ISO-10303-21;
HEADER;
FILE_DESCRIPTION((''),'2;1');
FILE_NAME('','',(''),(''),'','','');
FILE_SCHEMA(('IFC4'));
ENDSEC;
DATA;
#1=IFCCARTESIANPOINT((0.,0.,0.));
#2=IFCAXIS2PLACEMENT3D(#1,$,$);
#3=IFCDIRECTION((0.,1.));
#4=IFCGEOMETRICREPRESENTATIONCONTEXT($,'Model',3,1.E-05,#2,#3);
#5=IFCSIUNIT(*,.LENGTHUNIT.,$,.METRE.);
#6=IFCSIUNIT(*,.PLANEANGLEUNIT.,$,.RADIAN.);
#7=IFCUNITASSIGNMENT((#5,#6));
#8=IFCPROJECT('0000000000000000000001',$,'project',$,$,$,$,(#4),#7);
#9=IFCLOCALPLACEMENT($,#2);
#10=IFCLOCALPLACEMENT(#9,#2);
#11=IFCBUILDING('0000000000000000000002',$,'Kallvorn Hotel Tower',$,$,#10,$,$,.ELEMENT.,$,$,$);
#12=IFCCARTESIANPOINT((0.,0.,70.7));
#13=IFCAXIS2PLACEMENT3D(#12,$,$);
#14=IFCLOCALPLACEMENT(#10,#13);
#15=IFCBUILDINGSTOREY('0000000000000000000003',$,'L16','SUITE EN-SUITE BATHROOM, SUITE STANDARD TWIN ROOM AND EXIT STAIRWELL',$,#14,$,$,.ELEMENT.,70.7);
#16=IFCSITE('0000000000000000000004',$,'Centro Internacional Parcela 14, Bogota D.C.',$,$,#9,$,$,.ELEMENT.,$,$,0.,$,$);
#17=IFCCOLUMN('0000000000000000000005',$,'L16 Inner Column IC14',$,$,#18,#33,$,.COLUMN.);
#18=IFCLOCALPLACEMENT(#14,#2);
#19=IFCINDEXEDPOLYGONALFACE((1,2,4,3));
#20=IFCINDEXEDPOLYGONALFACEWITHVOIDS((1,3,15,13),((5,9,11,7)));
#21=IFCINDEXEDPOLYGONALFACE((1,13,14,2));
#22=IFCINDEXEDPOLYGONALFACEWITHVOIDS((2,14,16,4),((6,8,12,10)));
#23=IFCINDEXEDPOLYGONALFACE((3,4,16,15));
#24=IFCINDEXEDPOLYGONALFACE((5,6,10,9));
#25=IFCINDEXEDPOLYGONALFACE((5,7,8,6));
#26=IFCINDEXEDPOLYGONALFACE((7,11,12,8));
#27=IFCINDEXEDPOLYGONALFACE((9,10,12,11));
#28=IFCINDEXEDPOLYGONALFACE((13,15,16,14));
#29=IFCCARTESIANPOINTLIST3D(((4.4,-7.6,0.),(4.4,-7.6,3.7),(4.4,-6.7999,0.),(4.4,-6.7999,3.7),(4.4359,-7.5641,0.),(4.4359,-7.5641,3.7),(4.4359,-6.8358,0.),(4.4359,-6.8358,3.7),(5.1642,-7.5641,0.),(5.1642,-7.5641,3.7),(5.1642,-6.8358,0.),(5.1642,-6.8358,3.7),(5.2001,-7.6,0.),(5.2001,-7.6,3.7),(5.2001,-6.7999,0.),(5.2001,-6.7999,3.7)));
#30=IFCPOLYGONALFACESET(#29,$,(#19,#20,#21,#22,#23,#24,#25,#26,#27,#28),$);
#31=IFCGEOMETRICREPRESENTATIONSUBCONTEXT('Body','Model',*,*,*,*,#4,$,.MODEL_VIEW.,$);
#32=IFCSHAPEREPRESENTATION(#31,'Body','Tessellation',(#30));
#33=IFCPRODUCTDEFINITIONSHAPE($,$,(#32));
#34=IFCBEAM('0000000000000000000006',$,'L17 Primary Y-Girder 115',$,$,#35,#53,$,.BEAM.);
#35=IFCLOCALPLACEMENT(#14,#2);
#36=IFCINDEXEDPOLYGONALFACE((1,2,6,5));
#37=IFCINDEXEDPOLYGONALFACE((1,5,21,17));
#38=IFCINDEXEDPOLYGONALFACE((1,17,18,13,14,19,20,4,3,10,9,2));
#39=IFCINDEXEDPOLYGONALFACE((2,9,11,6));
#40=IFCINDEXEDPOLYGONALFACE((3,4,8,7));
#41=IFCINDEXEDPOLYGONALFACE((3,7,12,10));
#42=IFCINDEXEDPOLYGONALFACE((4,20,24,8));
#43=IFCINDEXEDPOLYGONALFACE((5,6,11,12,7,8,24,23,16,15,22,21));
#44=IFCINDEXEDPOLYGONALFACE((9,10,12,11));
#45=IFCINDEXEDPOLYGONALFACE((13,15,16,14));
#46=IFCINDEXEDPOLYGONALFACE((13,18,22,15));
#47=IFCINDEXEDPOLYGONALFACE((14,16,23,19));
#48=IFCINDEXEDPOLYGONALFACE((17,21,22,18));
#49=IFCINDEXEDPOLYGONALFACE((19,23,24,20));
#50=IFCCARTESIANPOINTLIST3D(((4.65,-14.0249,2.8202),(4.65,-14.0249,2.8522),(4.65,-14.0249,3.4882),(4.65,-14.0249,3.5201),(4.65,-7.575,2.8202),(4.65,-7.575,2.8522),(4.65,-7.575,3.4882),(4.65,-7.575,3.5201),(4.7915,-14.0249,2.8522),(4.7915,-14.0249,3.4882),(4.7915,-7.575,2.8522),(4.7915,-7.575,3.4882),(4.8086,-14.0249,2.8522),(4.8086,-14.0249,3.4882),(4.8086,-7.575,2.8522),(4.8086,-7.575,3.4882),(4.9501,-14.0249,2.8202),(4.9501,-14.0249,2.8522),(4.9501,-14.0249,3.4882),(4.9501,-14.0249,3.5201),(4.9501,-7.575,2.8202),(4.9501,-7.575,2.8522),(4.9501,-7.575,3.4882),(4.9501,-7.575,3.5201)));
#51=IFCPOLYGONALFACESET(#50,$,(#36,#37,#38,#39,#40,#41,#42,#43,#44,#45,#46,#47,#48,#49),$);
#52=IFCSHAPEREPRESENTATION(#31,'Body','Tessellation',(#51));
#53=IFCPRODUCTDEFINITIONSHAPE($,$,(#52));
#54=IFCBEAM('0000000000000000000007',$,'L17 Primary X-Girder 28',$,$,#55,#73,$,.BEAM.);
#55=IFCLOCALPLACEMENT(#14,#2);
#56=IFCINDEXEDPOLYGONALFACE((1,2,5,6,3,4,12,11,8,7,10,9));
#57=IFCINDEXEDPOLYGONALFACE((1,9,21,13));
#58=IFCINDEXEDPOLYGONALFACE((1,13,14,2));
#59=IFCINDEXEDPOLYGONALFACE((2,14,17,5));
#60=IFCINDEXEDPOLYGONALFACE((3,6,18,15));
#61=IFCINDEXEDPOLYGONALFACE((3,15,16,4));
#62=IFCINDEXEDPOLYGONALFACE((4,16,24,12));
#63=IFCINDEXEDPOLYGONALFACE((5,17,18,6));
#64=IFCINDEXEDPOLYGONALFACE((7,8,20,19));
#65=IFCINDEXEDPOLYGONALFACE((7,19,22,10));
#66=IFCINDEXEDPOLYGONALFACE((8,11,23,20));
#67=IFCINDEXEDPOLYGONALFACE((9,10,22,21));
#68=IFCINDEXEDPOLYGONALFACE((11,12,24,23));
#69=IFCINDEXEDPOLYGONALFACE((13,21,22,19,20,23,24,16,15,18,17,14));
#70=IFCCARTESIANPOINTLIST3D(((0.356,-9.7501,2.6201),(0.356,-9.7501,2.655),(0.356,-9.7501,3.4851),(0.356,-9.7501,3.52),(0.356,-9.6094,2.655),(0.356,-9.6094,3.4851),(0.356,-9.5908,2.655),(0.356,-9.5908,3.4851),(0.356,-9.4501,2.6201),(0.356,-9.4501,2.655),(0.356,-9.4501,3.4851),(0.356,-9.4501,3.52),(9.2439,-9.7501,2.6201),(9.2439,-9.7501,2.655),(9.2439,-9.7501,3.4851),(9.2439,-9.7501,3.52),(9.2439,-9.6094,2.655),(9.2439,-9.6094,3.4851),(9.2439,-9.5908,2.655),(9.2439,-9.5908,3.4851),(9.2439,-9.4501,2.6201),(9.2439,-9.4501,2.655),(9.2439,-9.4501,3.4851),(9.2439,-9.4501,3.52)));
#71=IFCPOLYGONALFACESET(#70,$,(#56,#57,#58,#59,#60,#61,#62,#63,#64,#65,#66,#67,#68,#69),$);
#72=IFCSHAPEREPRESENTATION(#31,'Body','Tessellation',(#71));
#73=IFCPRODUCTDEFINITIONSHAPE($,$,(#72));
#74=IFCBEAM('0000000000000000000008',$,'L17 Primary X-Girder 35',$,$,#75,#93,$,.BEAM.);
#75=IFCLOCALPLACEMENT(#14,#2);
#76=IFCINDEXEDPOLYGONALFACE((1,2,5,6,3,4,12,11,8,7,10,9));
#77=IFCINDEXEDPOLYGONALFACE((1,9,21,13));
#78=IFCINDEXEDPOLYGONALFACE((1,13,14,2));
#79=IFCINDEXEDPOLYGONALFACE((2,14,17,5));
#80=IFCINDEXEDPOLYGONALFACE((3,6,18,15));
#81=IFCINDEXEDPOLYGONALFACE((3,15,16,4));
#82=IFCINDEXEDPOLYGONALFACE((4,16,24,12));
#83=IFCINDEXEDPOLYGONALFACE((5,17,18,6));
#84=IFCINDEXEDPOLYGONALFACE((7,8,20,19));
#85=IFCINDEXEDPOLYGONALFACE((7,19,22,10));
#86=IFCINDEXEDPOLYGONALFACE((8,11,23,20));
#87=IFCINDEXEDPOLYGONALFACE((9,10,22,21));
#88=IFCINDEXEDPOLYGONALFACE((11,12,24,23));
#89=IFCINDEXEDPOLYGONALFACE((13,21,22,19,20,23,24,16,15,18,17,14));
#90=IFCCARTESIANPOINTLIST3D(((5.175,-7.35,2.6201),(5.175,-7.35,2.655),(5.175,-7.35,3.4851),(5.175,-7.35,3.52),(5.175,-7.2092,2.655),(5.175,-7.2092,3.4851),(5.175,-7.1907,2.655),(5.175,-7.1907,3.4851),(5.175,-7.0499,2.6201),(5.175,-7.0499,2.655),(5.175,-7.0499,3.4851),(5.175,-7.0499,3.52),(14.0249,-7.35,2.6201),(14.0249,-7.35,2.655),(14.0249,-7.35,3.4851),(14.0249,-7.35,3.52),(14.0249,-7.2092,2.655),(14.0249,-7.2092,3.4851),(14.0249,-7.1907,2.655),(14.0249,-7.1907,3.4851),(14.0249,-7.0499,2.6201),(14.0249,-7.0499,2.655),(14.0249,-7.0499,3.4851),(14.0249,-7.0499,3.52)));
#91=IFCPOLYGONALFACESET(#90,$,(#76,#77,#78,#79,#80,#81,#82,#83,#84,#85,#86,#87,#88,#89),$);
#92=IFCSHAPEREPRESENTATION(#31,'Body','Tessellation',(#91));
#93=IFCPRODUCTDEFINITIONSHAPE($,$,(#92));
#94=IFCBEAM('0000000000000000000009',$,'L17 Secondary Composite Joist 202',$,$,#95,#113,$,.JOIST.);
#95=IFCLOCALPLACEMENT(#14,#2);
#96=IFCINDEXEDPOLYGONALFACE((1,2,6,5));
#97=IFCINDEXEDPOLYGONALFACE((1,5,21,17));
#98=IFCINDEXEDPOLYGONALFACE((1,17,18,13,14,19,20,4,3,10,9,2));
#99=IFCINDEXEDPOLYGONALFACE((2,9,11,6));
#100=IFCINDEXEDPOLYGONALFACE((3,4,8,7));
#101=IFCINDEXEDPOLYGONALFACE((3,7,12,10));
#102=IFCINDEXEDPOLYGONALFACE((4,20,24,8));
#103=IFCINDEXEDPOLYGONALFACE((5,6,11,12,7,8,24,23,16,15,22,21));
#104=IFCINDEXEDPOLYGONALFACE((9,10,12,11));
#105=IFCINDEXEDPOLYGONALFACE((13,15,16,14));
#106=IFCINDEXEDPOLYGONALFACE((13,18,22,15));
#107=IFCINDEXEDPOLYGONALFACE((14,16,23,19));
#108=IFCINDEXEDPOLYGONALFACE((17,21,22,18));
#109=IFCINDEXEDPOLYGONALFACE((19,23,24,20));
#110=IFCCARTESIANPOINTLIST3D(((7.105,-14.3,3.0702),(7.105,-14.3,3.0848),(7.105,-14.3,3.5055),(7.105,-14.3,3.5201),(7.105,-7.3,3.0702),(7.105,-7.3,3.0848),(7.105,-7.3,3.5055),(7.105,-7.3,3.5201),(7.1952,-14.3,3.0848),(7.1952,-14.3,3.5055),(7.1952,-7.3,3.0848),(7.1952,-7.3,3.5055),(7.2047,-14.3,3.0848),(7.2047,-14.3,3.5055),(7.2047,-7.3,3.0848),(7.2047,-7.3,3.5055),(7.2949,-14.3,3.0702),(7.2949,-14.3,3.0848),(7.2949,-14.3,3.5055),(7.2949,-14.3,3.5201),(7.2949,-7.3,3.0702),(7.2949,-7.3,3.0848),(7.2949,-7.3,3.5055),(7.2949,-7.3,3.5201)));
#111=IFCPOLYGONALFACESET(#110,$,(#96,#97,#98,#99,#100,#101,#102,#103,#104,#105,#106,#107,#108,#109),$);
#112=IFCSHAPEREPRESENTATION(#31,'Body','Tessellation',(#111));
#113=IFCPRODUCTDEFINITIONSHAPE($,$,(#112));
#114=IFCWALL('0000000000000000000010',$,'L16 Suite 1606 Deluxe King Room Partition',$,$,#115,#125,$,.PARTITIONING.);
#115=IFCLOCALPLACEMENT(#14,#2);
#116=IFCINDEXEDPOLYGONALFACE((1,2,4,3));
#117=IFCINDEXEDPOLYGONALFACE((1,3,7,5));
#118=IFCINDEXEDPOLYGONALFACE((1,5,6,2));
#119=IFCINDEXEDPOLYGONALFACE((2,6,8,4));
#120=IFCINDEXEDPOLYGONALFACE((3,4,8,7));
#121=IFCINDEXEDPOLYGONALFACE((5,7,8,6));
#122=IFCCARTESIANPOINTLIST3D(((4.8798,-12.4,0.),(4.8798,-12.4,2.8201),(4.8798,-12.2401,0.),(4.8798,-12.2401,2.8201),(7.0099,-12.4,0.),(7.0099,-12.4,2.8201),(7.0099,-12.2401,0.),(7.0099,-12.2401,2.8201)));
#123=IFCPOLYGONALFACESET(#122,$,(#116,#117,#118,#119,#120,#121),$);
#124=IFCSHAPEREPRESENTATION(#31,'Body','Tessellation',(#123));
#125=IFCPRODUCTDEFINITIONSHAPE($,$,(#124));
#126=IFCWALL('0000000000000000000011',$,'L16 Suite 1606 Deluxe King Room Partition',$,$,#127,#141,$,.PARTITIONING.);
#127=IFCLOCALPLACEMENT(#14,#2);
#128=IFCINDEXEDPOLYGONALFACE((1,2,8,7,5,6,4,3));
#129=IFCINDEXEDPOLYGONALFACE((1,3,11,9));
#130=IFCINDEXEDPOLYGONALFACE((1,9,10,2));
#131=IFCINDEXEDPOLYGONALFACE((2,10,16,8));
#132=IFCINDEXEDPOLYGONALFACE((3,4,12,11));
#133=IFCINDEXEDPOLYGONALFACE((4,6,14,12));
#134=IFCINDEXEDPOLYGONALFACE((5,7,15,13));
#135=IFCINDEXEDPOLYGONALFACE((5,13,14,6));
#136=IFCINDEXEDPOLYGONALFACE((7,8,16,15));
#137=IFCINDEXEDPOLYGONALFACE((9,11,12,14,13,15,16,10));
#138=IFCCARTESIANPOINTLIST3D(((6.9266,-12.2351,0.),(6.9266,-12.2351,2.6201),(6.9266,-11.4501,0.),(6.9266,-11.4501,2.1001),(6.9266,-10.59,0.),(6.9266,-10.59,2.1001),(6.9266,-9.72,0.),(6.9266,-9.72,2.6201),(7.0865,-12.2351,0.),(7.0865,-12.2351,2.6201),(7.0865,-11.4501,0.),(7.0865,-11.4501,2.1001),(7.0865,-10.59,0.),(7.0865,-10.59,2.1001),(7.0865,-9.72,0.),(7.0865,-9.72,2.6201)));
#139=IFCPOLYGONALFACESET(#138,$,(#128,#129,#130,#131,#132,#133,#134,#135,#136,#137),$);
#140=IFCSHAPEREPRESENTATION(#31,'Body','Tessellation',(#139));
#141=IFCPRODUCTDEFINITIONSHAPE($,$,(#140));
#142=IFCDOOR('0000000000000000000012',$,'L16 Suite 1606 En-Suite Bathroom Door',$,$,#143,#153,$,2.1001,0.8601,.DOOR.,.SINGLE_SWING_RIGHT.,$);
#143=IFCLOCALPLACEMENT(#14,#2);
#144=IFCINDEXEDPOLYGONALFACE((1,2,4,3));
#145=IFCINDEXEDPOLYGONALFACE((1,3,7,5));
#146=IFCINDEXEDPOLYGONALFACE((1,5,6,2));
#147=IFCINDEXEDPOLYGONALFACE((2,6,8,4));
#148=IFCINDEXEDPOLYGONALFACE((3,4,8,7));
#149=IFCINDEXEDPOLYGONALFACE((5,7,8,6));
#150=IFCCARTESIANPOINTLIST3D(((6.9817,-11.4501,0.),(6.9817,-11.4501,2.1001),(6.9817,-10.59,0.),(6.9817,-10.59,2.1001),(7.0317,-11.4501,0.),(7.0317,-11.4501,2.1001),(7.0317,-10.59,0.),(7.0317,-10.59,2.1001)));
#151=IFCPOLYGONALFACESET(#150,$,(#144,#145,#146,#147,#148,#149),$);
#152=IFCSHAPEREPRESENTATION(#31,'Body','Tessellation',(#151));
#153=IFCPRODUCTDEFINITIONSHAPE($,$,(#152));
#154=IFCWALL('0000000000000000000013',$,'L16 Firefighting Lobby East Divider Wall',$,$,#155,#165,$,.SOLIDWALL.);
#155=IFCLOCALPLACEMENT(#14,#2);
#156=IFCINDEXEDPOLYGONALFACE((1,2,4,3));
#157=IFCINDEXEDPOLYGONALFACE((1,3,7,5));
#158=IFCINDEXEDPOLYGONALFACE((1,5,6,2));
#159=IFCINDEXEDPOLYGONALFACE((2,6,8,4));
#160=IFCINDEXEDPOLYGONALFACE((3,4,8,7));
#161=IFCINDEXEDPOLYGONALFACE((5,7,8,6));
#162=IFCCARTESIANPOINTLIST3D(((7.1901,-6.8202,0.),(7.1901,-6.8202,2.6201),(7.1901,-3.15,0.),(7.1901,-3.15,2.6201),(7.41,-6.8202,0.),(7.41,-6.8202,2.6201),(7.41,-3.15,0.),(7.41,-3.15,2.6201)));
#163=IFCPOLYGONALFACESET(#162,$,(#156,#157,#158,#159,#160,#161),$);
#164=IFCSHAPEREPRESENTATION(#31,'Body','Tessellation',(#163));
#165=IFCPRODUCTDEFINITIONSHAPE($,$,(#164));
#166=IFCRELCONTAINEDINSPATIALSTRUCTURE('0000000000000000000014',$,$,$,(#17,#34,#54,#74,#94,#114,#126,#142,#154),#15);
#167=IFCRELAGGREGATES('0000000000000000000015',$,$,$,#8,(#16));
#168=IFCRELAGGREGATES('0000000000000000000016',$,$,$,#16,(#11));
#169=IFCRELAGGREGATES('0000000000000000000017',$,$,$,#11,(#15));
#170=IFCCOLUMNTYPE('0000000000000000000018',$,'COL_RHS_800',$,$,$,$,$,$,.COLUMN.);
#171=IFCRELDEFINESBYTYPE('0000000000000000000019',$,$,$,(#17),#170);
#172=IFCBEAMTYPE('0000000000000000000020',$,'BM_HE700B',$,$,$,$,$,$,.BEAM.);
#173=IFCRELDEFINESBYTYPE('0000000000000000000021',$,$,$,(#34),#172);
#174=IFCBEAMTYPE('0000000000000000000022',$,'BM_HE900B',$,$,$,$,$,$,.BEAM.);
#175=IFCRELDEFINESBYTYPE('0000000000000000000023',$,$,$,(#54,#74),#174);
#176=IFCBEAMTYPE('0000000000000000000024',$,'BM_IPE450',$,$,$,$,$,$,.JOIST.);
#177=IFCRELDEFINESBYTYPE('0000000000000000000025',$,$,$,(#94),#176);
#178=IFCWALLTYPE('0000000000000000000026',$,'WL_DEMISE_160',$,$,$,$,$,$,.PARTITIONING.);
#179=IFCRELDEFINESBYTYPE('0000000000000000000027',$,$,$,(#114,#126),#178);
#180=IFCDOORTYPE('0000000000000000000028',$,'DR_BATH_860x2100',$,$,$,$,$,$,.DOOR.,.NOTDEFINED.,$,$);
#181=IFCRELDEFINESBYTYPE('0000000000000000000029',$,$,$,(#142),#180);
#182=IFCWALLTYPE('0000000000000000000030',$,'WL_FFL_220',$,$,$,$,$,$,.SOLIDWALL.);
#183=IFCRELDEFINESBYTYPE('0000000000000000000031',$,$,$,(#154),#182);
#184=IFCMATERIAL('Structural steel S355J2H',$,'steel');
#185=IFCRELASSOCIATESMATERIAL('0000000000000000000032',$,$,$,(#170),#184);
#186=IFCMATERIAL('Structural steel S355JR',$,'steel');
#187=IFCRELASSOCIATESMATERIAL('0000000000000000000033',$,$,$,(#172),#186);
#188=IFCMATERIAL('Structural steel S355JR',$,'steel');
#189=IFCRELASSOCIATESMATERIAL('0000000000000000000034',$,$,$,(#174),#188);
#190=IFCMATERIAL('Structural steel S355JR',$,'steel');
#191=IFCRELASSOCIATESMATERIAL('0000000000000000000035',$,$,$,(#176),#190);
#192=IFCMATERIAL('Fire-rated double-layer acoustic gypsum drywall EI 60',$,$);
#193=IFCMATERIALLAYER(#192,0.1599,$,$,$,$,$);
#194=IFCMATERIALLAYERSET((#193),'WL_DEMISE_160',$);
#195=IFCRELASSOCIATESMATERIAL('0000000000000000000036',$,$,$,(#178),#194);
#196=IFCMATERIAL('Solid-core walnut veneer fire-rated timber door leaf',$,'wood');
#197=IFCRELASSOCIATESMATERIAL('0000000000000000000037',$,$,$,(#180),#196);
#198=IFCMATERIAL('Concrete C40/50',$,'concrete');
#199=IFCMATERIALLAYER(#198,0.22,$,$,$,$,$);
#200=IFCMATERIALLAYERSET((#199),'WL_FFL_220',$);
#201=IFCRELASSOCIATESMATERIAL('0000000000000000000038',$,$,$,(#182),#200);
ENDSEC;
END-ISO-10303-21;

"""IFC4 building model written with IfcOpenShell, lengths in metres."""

from ifc_helpers import new_model, si_unit, direction, frame, frame_2d, origin, origin_2d, place, context, subcontext, project, spatial, rectangle, hollow_rectangle, i_section, extrude, material, layer, layer_set, material_profile, profile_set, type_object, element, fill, save


model = new_model("IFC4")

# Units and contexts
model_context = context("Model", 3, precision=1e-05, world=origin(), true_north=direction((0.0, 1.0)))
body_context = subcontext(model_context, "Body", "Model", "MODEL_VIEW")
ifc_project = project(units=[si_unit("LENGTHUNIT", "METRE"), si_unit("PLANEANGLEUNIT", "RADIAN")], contexts=[model_context])

# Site, building, storey
site_placement = place(None, origin())
site = spatial("IfcSite", under=ifc_project, at=site_placement, Name="Centro Internacional Parcela 14, Bogota D.C.", CompositionType="ELEMENT", RefElevation=0.0)
building_placement = place(site_placement, origin())
building = spatial("IfcBuilding", under=site, at=building_placement, Name="Kallvorn Hotel Tower", CompositionType="ELEMENT")
storey_placement = place(building_placement, frame((0.0, 0.0, 70.7)))
storey = spatial("IfcBuildingStorey", under=building, at=storey_placement, Name="L16", Description="SUITE EN-SUITE BATHROOM, SUITE STANDARD TWIN ROOM AND EXIT STAIRWELL", CompositionType="ELEMENT", Elevation=70.7)

# Column
ifc_material_1 = material(Name="Structural steel S355J2H", Category="steel")
ifc_material_profile_1 = material_profile(ifc_material_1, hollow_rectangle(XDim=0.8, YDim=0.8, WallThickness=0.0359, at=origin_2d()), Name="RHS 800x800x36")
ifc_profile_set_1 = profile_set([ifc_material_profile_1], Name="Structural steel S355J2H")
column_type = type_object("IfcColumnType", Name="COL_RHS_800", PredefinedType="COLUMN", material=ifc_profile_set_1)
column_placement = place(storey_placement, frame((4.8, -7.2, 0.0), z_axis=(0.0, 0.0, 1.0), x_axis=(1.0, 0.0, 0.0)))
element("IfcColumn", 1, at=column_placement, inside=storey, type_object=column_type, Name="L16 Inner Column IC14", PredefinedType="COLUMN", context=body_context, shape_type="SweptSolid", body=[
    extrude(hollow_rectangle(XDim=0.8, YDim=0.8, WallThickness=0.0359, at=origin_2d()), origin(), (0.0, 0.0, 1.0), 3.7),
])

# Beams
ifc_material_2 = material(Name="Structural steel S355JR", Category="steel")
ifc_material_profile_2 = material_profile(ifc_material_2, i_section(OverallWidth=0.3, OverallDepth=0.7, WebThickness=0.0171, FlangeThickness=0.032, at=origin_2d()), Name="HE 700 B")
ifc_profile_set_2 = profile_set([ifc_material_profile_2], Name="Structural steel S355JR")
beam_type_1 = type_object("IfcBeamType", Name="BM_HE700B", PredefinedType="BEAM", material=ifc_profile_set_2)
beam_1_placement = place(storey_placement, frame((4.8, -14.0249, 3.1702), z_axis=(0.0, 1.0, 0.0), x_axis=(-1.0, 0.0, 0.0)))
element("IfcBeam", 2, at=beam_1_placement, inside=storey, type_object=beam_type_1, Name="L17 Primary Y-Girder 115", PredefinedType="BEAM", context=body_context, shape_type="SweptSolid", body=[
    extrude(i_section(OverallWidth=0.3, OverallDepth=0.7, WebThickness=0.0171, FlangeThickness=0.032, at=origin_2d()), origin(), (0.0, 0.0, 1.0), 6.45),
])
ifc_material_3 = material(Name="Structural steel S355JR", Category="steel")
ifc_material_profile_3 = material_profile(ifc_material_3, i_section(OverallWidth=0.3, OverallDepth=0.8999, WebThickness=0.0186, FlangeThickness=0.0349, at=origin_2d()), Name="HE 900 B")
ifc_profile_set_3 = profile_set([ifc_material_profile_3], Name="Structural steel S355JR")
beam_type_2 = type_object("IfcBeamType", Name="BM_HE900B", PredefinedType="BEAM", material=ifc_profile_set_3)
beam_2_placement = place(storey_placement, frame((0.356, -9.6001, 3.0701), z_axis=(1.0, 0.0, 0.0), x_axis=(0.0, 1.0, 0.0)))
element("IfcBeam", 3, at=beam_2_placement, inside=storey, type_object=beam_type_2, Name="L17 Primary X-Girder 28", PredefinedType="BEAM", context=body_context, shape_type="SweptSolid", body=[
    extrude(i_section(OverallWidth=0.3, OverallDepth=0.8999, WebThickness=0.0186, FlangeThickness=0.0349, at=origin_2d()), origin(), (0.0, 0.0, 1.0), 8.8879),
])
beam_3_placement = place(storey_placement, frame((5.175, -7.2, 3.0701), z_axis=(1.0, 0.0, 0.0), x_axis=(0.0, 1.0, 0.0)))
element("IfcBeam", 4, at=beam_3_placement, inside=storey, type_object=beam_type_2, Name="L17 Primary X-Girder 35", PredefinedType="BEAM", context=body_context, shape_type="SweptSolid", body=[
    extrude(i_section(OverallWidth=0.3, OverallDepth=0.8999, WebThickness=0.0186, FlangeThickness=0.0349, at=origin_2d()), origin(), (0.0, 0.0, 1.0), 8.8499),
])
ifc_material_4 = material(Name="Structural steel S355JR", Category="steel")
ifc_material_profile_4 = material_profile(ifc_material_4, i_section(OverallWidth=0.1899, OverallDepth=0.45, WebThickness=0.0095, FlangeThickness=0.0146, at=origin_2d()), Name="IPE 450")
ifc_profile_set_4 = profile_set([ifc_material_profile_4], Name="Structural steel S355JR")
beam_type_3 = type_object("IfcBeamType", Name="BM_IPE450", PredefinedType="JOIST", material=ifc_profile_set_4)
beam_4_placement = place(storey_placement, frame((7.2, -14.3, 3.2952), z_axis=(0.0, 1.0, 0.0), x_axis=(-1.0, 0.0, 0.0)))
element("IfcBeam", 5, at=beam_4_placement, inside=storey, type_object=beam_type_3, Name="L17 Secondary Composite Joist 202", PredefinedType="JOIST", context=body_context, shape_type="SweptSolid", body=[
    extrude(i_section(OverallWidth=0.1899, OverallDepth=0.45, WebThickness=0.0095, FlangeThickness=0.0146, at=origin_2d()), origin(), (0.0, 0.0, 1.0), 7.0),
])

# Wall
ifc_material_5 = material(Name="Fire-rated double-layer acoustic gypsum drywall EI 60")
ifc_layer_1 = layer(ifc_material_5, 0.1599)
ifc_layer_set_1 = layer_set([ifc_layer_1], Name="WL_DEMISE_160")
wall_type_1 = type_object("IfcWallType", Name="WL_DEMISE_160", PredefinedType="PARTITIONING", material=ifc_layer_set_1)
wall_1_placement = place(storey_placement, frame((4.8799, -12.3201, 0.0), z_axis=(0.0, 0.0, 1.0), x_axis=(1.0, 0.0, 0.0)))
element("IfcWall", 6, at=wall_1_placement, inside=storey, type_object=wall_type_1, Name="L16 Suite 1606 Deluxe King Room Partition", PredefinedType="PARTITIONING", context=body_context, shape_type="SweptSolid", body=[
    extrude(rectangle(XDim=2.1301, YDim=0.1599, at=frame_2d((1.0649, 0.0))), origin(), (0.0, 0.0, 1.0), 2.8201),
])

# Wall, opening, door
wall_2_placement = place(storey_placement, frame((7.0066, -12.2351, 0.0), z_axis=(0.0, 0.0, 1.0), x_axis=(0.0, 1.0, 0.0)))
wall_2 = element("IfcWall", 7, at=wall_2_placement, inside=storey, type_object=wall_type_1, Name="L16 Suite 1606 Deluxe King Room Partition", PredefinedType="PARTITIONING", context=body_context, shape_type="SweptSolid", body=[
    extrude(rectangle(XDim=2.5151, YDim=0.1599, at=frame_2d((1.2576, 0.0))), origin(), (0.0, 0.0, 1.0), 2.6201),
])
opening_1_placement = place(wall_2_placement, frame((0.7849, 0.0, 0.0)))
opening_1 = element("IfcOpeningElement", 8, at=opening_1_placement, cuts=wall_2, PredefinedType="OPENING", context=body_context, shape_type="SweptSolid", body=[
    extrude(rectangle(XDim=0.8601, YDim=2.1001, at=frame_2d((0.4302, 1.05))), frame((0.0, 0.095, 0.0), z_axis=(0.0, -1.0, 0.0), x_axis=(1.0, 0.0, 0.0)), (0.0, 0.0, 1.0), 0.1899),
])
ifc_material_6 = material(Name="Solid-core walnut veneer fire-rated timber door leaf", Category="wood")
door_type_1 = type_object("IfcDoorType", Name="DR_BATH_860x2100", OperationType="NOTDEFINED", PredefinedType="DOOR", material=ifc_material_6)
door_1_placement = place(opening_1_placement, origin())
door_1 = element("IfcDoor", 9, at=door_1_placement, inside=storey, type_object=door_type_1, Name="L16 Suite 1606 En-Suite Bathroom Door", OperationType="SINGLE_SWING_RIGHT", OverallHeight=2.1001, OverallWidth=0.8601, PredefinedType="DOOR", context=body_context, shape_type="SweptSolid", body=[
    extrude(rectangle(XDim=0.8601, YDim=2.1001, at=frame_2d((0.4302, 1.05))), frame((0.0, 0.0249, 0.0), z_axis=(0.0, -1.0, 0.0), x_axis=(1.0, 0.0, 0.0)), (0.0, 0.0, 1.0), 0.05),
])
fill(opening_1, door_1)

# Wall
ifc_material_7 = material(Name="Concrete C40/50", Category="concrete")
ifc_layer_2 = layer(ifc_material_7, 0.22)
ifc_layer_set_2 = layer_set([ifc_layer_2], Name="WL_FFL_220")
wall_type_2 = type_object("IfcWallType", Name="WL_FFL_220", PredefinedType="SOLIDWALL", material=ifc_layer_set_2)
wall_3_placement = place(storey_placement, frame((7.3, -6.8201, 0.0), z_axis=(0.0, 0.0, 1.0), x_axis=(0.0, 1.0, 0.0)))
element("IfcWall", 10, at=wall_3_placement, inside=storey, type_object=wall_type_2, Name="L16 Firefighting Lobby East Divider Wall", PredefinedType="SOLIDWALL", context=body_context, shape_type="SweptSolid", body=[
    extrude(rectangle(XDim=3.6702, YDim=0.22, at=frame_2d((1.835, 0.0))), origin(), (0.0, 0.0, 1.0), 2.6201),
])

save(model, "model.ifc")
